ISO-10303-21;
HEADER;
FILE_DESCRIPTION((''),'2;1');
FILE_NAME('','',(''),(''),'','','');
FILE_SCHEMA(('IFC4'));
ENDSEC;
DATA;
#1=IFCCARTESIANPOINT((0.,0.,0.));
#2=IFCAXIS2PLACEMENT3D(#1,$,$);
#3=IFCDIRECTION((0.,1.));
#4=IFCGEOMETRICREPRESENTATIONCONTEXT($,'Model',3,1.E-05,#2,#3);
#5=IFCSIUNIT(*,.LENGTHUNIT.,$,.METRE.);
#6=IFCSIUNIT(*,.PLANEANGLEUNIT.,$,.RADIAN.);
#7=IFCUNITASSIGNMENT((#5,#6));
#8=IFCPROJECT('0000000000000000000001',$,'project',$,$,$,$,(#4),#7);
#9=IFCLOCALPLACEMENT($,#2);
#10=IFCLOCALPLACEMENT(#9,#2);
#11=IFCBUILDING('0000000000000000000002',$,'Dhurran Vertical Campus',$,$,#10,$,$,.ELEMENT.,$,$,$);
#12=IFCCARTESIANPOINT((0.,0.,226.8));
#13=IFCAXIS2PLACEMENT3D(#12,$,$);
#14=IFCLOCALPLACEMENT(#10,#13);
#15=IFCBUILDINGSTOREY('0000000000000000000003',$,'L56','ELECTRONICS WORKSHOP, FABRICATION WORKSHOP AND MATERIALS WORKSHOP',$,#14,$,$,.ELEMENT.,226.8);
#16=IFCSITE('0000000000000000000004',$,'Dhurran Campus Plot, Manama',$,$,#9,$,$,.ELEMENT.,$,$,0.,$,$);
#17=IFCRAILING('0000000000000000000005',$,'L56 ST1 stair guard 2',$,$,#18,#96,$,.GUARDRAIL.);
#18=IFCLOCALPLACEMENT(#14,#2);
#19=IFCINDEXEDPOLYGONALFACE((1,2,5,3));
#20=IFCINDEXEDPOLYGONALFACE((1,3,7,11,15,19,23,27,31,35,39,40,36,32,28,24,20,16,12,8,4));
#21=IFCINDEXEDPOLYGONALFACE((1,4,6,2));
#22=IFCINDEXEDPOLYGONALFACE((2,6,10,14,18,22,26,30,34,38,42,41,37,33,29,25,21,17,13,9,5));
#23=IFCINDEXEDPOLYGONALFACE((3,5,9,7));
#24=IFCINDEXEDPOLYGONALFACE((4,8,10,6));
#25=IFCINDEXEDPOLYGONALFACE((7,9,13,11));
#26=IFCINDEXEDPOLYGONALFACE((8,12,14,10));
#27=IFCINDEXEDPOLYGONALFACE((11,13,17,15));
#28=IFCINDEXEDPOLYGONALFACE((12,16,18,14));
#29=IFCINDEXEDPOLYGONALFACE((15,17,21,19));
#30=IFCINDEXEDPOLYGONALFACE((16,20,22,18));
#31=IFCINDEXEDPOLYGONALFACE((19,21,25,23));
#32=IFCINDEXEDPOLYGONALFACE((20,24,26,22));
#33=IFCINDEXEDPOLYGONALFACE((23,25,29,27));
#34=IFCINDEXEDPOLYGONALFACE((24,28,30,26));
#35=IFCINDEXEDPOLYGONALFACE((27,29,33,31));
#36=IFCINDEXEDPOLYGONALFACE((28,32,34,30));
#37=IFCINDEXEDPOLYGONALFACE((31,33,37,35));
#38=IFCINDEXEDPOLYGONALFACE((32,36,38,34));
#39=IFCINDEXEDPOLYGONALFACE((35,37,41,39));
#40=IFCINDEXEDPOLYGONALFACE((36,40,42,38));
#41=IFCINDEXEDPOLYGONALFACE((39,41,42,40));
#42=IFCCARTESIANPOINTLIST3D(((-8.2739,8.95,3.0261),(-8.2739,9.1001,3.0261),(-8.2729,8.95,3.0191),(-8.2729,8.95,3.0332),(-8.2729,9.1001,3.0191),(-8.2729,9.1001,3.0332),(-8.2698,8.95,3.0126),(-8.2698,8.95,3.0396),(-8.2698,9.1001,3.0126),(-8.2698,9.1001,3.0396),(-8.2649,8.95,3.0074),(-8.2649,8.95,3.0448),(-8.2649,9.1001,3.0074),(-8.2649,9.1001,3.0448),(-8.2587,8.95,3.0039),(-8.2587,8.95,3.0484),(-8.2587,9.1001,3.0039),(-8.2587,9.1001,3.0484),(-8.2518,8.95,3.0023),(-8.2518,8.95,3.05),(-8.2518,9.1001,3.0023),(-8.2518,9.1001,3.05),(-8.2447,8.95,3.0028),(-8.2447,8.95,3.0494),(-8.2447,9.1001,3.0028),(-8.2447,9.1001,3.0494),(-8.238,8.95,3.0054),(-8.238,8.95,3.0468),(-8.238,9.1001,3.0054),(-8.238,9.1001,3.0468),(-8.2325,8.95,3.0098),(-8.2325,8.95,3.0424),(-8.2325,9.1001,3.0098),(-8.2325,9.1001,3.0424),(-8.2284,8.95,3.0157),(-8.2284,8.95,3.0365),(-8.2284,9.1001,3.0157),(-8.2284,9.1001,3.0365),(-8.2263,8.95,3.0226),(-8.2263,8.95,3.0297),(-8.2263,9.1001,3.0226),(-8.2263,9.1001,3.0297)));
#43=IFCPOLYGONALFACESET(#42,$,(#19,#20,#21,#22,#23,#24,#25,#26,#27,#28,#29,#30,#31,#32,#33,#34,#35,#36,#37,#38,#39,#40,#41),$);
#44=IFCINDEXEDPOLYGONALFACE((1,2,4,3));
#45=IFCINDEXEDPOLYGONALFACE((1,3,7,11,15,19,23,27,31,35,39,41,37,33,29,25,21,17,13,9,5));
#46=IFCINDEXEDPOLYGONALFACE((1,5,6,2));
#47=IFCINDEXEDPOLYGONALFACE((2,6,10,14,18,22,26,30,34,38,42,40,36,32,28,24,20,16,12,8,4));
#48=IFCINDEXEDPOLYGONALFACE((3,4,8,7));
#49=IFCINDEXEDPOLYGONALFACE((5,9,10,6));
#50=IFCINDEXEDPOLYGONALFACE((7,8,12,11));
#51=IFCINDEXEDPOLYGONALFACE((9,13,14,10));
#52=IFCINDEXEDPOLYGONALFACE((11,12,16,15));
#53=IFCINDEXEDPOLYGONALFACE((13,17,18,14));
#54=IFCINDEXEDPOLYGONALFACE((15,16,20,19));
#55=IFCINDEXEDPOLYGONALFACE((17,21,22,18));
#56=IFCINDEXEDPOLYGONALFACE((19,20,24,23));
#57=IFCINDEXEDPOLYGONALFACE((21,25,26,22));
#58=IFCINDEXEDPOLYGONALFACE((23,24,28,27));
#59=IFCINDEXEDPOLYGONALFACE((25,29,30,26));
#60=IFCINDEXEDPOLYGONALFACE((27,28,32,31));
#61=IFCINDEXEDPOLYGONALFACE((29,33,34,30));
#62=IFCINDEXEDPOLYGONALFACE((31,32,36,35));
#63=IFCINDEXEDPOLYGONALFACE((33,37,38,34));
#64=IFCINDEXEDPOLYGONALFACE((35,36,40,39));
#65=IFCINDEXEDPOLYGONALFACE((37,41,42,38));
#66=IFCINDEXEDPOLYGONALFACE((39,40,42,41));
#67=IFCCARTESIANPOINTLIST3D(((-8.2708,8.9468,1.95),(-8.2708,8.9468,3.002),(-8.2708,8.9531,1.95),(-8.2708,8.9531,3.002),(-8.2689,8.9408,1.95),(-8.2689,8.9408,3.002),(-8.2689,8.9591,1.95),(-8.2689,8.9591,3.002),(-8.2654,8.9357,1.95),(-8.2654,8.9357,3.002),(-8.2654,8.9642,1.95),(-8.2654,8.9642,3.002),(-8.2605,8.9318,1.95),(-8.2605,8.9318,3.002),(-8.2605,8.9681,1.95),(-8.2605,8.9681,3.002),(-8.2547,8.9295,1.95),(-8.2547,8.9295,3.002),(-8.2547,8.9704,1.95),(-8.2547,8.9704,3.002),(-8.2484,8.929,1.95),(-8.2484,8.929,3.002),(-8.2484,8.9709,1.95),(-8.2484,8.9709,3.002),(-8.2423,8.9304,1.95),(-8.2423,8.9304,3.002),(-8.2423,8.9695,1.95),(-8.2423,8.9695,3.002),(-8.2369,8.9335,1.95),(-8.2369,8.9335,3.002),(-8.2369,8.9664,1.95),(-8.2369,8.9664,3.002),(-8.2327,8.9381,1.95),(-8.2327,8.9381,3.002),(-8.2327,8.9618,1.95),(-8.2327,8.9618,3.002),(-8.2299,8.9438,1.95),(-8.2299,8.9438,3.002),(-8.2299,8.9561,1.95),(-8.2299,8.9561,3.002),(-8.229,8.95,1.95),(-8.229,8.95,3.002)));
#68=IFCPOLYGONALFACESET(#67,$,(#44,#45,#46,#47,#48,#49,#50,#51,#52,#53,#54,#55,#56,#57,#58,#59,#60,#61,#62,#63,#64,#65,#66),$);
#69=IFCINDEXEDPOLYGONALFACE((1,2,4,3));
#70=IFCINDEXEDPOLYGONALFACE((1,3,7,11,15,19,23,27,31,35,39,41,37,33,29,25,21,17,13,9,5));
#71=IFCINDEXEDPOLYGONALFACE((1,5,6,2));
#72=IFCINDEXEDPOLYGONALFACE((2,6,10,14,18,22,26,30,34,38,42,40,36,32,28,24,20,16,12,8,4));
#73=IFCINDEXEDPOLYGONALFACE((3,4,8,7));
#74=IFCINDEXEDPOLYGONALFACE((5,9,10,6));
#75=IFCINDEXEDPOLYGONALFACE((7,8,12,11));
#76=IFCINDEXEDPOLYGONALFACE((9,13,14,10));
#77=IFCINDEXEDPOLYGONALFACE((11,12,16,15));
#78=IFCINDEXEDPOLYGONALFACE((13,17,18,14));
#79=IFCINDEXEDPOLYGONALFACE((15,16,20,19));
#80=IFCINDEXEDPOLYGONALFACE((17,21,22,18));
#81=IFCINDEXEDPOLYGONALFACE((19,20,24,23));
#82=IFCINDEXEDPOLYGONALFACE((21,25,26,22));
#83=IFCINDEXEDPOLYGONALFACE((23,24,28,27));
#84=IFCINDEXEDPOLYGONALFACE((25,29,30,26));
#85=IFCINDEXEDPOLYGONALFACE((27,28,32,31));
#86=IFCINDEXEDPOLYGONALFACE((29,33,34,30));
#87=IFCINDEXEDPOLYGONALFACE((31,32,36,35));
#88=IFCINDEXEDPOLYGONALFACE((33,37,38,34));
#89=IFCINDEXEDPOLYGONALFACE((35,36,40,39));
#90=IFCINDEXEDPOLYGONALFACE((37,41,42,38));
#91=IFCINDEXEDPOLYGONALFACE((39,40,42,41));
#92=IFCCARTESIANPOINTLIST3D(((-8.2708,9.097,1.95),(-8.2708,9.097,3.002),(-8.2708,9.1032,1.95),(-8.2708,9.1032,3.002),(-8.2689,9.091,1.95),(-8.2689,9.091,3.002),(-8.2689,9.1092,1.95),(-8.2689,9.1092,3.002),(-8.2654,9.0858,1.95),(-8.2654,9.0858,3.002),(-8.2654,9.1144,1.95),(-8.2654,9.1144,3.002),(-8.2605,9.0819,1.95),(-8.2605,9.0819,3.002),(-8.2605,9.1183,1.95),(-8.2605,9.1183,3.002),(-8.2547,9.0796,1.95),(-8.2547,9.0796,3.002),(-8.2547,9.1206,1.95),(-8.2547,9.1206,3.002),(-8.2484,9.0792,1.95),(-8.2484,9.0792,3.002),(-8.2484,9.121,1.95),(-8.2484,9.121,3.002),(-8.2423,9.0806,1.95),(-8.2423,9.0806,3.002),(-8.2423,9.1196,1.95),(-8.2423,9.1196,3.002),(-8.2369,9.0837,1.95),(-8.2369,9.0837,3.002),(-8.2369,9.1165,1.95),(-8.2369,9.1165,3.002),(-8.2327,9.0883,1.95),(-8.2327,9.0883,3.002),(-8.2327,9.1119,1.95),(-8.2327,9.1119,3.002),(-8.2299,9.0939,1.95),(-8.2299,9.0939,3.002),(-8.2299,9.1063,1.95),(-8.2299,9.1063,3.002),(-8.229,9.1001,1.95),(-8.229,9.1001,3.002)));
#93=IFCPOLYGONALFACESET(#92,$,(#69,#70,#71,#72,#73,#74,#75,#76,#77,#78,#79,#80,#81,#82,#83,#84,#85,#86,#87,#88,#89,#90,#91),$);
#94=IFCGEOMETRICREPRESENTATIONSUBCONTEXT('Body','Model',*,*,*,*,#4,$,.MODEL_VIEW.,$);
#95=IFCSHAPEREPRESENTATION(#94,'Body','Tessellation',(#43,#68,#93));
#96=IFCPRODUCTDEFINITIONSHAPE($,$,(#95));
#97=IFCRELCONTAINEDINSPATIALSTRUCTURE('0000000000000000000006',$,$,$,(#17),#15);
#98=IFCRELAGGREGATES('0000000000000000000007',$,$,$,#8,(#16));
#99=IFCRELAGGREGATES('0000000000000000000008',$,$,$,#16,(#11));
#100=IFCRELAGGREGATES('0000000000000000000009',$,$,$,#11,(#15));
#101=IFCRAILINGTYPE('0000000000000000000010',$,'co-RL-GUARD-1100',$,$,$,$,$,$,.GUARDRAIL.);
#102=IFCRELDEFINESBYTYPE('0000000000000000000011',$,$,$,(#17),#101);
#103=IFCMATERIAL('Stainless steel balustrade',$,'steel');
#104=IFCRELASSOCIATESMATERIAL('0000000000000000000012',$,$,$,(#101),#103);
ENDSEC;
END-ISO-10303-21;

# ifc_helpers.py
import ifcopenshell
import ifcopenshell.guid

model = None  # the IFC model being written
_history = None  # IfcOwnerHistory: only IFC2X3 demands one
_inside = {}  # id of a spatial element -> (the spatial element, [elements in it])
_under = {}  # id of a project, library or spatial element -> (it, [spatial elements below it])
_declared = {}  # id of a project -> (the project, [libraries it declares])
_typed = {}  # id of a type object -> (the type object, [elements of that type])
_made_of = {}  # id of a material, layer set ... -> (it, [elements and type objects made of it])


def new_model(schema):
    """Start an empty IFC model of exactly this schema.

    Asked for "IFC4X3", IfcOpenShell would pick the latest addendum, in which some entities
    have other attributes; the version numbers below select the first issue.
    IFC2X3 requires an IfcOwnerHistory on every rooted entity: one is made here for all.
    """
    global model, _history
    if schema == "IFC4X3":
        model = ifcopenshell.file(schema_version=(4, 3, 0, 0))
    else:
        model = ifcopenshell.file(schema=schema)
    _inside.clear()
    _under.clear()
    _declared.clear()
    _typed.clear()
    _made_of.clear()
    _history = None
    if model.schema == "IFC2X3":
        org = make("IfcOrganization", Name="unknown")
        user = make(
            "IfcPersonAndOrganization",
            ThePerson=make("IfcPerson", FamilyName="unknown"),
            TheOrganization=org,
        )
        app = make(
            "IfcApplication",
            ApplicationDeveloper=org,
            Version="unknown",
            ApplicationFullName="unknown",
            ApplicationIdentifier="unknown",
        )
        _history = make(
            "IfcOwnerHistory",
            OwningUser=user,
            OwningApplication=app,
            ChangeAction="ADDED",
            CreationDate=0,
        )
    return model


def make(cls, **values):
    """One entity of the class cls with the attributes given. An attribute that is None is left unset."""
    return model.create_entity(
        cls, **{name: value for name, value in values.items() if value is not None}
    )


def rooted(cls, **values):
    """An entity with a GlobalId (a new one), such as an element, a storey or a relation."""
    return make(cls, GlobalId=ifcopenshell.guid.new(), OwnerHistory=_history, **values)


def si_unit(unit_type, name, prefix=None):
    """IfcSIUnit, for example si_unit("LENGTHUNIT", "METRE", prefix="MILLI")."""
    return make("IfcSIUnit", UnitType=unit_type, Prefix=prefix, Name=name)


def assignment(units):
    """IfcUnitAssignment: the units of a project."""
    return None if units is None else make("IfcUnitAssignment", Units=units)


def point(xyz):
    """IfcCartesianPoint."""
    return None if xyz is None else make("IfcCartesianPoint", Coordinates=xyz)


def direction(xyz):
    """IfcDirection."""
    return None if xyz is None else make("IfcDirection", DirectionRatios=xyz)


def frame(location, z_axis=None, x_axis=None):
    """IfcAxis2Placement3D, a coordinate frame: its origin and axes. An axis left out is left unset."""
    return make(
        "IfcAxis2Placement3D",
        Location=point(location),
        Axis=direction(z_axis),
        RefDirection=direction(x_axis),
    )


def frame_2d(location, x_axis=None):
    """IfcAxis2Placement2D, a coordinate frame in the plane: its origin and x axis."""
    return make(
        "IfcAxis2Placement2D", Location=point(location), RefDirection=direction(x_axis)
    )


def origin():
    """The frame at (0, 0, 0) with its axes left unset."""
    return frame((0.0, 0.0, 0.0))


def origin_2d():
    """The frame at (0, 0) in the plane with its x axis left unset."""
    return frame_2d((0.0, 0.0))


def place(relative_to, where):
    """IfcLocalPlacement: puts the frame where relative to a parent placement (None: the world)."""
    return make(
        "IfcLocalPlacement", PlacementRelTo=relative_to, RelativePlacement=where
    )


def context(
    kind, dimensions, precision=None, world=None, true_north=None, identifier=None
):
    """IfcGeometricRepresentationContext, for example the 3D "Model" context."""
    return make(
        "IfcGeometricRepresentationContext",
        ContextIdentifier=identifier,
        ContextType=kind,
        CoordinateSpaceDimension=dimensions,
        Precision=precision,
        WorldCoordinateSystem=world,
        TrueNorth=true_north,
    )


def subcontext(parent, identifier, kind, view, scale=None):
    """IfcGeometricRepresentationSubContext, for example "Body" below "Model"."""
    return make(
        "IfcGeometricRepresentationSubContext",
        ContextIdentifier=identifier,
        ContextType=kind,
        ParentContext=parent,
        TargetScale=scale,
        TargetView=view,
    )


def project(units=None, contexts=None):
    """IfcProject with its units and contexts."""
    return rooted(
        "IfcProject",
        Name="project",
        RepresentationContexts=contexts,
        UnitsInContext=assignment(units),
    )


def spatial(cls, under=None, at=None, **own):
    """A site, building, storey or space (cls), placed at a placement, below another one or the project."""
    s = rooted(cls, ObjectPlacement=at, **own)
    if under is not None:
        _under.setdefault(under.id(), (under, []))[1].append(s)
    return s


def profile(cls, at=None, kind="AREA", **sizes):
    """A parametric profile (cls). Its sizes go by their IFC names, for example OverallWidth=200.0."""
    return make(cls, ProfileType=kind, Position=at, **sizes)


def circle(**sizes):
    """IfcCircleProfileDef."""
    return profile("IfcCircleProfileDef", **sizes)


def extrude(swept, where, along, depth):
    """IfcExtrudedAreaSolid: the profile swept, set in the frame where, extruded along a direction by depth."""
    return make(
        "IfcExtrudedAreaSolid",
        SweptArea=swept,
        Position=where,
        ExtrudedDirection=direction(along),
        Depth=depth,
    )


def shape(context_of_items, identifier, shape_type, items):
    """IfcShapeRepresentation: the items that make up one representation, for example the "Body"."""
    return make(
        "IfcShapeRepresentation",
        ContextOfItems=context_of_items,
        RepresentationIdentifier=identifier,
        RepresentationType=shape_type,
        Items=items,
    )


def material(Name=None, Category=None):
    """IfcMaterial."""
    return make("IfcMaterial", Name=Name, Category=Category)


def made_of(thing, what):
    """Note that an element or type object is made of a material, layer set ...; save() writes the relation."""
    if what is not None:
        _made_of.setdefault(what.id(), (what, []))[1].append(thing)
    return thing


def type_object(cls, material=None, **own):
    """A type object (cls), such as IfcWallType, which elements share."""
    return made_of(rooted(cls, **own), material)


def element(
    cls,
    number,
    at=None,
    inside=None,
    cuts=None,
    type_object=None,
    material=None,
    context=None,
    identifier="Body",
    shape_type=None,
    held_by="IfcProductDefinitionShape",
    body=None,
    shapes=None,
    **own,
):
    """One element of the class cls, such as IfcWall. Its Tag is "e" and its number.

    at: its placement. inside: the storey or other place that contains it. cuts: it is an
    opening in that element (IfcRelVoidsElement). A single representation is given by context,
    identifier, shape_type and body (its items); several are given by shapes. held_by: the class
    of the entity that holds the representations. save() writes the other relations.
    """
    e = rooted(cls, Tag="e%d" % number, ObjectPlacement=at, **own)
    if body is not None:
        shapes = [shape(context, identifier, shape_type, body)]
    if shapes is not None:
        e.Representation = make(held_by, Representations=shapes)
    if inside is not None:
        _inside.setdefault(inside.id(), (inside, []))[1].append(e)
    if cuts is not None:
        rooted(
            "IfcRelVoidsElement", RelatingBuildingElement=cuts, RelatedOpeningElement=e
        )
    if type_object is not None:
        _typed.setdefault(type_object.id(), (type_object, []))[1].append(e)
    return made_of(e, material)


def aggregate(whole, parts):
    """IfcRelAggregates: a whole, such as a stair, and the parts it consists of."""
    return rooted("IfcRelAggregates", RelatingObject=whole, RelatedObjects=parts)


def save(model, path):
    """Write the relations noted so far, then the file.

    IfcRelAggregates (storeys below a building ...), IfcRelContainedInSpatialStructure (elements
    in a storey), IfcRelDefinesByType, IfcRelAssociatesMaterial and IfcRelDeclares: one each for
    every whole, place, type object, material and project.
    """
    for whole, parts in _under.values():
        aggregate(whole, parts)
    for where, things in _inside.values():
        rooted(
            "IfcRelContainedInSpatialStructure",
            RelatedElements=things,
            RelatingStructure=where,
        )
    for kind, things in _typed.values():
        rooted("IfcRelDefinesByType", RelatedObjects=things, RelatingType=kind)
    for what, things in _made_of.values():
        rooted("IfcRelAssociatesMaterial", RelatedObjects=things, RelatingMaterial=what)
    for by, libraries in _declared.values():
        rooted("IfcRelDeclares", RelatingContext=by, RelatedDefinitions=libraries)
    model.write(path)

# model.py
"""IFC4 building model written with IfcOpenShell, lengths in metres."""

from ifc_helpers import new_model, si_unit, direction, frame, origin, origin_2d, place, context, subcontext, project, spatial, circle, extrude, material, type_object, element, save


model = new_model("IFC4")

# Units and contexts
model_context = context("Model", 3, precision=1e-05, world=origin(), true_north=direction((0.0, 1.0)))
body_context = subcontext(model_context, "Body", "Model", "MODEL_VIEW")
ifc_project = project(units=[si_unit("LENGTHUNIT", "METRE"), si_unit("PLANEANGLEUNIT", "RADIAN")], contexts=[model_context])

# Site, building, storey
site_placement = place(None, origin())
site = spatial("IfcSite", under=ifc_project, at=site_placement, Name="Dhurran Campus Plot, Manama", CompositionType="ELEMENT", RefElevation=0.0)
building_placement = place(site_placement, origin())
building = spatial("IfcBuilding", under=site, at=building_placement, Name="Dhurran Vertical Campus", CompositionType="ELEMENT")
storey_placement = place(building_placement, frame((0.0, 0.0, 226.8)))
storey = spatial("IfcBuildingStorey", under=building, at=storey_placement, Name="L56", Description="ELECTRONICS WORKSHOP, FABRICATION WORKSHOP AND MATERIALS WORKSHOP", CompositionType="ELEMENT", Elevation=226.8)

# Railing
ifc_material_1 = material(Name="Stainless steel balustrade", Category="steel")
railing_type_1 = type_object("IfcRailingType", Name="co-RL-GUARD-1100", PredefinedType="GUARDRAIL", material=ifc_material_1)
railing_1_placement = place(storey_placement, frame((-8.25, 8.95, 1.95)))
element("IfcRailing", 1, at=railing_1_placement, inside=storey, type_object=railing_type_1, Name="L56 ST1 stair guard 2", PredefinedType="GUARDRAIL", context=body_context, shape_type="SweptSolid", body=[
    extrude(circle(Radius=0.0239, at=origin_2d()), frame((0.0, 0.0, 1.0762), z_axis=(0.0, 1.0, 0.0), x_axis=(-1.0, 0.0, 0.0)), (0.0, 0.0, 1.0), 0.1501),
    extrude(circle(Radius=0.021, at=origin_2d()), origin(), (0.0, 0.0, 1.0), 1.052),
    extrude(circle(Radius=0.021, at=origin_2d()), frame((0.0, 0.1501, 0.0)), (0.0, 0.0, 1.0), 1.052),
])

save(model, "model.ifc")
